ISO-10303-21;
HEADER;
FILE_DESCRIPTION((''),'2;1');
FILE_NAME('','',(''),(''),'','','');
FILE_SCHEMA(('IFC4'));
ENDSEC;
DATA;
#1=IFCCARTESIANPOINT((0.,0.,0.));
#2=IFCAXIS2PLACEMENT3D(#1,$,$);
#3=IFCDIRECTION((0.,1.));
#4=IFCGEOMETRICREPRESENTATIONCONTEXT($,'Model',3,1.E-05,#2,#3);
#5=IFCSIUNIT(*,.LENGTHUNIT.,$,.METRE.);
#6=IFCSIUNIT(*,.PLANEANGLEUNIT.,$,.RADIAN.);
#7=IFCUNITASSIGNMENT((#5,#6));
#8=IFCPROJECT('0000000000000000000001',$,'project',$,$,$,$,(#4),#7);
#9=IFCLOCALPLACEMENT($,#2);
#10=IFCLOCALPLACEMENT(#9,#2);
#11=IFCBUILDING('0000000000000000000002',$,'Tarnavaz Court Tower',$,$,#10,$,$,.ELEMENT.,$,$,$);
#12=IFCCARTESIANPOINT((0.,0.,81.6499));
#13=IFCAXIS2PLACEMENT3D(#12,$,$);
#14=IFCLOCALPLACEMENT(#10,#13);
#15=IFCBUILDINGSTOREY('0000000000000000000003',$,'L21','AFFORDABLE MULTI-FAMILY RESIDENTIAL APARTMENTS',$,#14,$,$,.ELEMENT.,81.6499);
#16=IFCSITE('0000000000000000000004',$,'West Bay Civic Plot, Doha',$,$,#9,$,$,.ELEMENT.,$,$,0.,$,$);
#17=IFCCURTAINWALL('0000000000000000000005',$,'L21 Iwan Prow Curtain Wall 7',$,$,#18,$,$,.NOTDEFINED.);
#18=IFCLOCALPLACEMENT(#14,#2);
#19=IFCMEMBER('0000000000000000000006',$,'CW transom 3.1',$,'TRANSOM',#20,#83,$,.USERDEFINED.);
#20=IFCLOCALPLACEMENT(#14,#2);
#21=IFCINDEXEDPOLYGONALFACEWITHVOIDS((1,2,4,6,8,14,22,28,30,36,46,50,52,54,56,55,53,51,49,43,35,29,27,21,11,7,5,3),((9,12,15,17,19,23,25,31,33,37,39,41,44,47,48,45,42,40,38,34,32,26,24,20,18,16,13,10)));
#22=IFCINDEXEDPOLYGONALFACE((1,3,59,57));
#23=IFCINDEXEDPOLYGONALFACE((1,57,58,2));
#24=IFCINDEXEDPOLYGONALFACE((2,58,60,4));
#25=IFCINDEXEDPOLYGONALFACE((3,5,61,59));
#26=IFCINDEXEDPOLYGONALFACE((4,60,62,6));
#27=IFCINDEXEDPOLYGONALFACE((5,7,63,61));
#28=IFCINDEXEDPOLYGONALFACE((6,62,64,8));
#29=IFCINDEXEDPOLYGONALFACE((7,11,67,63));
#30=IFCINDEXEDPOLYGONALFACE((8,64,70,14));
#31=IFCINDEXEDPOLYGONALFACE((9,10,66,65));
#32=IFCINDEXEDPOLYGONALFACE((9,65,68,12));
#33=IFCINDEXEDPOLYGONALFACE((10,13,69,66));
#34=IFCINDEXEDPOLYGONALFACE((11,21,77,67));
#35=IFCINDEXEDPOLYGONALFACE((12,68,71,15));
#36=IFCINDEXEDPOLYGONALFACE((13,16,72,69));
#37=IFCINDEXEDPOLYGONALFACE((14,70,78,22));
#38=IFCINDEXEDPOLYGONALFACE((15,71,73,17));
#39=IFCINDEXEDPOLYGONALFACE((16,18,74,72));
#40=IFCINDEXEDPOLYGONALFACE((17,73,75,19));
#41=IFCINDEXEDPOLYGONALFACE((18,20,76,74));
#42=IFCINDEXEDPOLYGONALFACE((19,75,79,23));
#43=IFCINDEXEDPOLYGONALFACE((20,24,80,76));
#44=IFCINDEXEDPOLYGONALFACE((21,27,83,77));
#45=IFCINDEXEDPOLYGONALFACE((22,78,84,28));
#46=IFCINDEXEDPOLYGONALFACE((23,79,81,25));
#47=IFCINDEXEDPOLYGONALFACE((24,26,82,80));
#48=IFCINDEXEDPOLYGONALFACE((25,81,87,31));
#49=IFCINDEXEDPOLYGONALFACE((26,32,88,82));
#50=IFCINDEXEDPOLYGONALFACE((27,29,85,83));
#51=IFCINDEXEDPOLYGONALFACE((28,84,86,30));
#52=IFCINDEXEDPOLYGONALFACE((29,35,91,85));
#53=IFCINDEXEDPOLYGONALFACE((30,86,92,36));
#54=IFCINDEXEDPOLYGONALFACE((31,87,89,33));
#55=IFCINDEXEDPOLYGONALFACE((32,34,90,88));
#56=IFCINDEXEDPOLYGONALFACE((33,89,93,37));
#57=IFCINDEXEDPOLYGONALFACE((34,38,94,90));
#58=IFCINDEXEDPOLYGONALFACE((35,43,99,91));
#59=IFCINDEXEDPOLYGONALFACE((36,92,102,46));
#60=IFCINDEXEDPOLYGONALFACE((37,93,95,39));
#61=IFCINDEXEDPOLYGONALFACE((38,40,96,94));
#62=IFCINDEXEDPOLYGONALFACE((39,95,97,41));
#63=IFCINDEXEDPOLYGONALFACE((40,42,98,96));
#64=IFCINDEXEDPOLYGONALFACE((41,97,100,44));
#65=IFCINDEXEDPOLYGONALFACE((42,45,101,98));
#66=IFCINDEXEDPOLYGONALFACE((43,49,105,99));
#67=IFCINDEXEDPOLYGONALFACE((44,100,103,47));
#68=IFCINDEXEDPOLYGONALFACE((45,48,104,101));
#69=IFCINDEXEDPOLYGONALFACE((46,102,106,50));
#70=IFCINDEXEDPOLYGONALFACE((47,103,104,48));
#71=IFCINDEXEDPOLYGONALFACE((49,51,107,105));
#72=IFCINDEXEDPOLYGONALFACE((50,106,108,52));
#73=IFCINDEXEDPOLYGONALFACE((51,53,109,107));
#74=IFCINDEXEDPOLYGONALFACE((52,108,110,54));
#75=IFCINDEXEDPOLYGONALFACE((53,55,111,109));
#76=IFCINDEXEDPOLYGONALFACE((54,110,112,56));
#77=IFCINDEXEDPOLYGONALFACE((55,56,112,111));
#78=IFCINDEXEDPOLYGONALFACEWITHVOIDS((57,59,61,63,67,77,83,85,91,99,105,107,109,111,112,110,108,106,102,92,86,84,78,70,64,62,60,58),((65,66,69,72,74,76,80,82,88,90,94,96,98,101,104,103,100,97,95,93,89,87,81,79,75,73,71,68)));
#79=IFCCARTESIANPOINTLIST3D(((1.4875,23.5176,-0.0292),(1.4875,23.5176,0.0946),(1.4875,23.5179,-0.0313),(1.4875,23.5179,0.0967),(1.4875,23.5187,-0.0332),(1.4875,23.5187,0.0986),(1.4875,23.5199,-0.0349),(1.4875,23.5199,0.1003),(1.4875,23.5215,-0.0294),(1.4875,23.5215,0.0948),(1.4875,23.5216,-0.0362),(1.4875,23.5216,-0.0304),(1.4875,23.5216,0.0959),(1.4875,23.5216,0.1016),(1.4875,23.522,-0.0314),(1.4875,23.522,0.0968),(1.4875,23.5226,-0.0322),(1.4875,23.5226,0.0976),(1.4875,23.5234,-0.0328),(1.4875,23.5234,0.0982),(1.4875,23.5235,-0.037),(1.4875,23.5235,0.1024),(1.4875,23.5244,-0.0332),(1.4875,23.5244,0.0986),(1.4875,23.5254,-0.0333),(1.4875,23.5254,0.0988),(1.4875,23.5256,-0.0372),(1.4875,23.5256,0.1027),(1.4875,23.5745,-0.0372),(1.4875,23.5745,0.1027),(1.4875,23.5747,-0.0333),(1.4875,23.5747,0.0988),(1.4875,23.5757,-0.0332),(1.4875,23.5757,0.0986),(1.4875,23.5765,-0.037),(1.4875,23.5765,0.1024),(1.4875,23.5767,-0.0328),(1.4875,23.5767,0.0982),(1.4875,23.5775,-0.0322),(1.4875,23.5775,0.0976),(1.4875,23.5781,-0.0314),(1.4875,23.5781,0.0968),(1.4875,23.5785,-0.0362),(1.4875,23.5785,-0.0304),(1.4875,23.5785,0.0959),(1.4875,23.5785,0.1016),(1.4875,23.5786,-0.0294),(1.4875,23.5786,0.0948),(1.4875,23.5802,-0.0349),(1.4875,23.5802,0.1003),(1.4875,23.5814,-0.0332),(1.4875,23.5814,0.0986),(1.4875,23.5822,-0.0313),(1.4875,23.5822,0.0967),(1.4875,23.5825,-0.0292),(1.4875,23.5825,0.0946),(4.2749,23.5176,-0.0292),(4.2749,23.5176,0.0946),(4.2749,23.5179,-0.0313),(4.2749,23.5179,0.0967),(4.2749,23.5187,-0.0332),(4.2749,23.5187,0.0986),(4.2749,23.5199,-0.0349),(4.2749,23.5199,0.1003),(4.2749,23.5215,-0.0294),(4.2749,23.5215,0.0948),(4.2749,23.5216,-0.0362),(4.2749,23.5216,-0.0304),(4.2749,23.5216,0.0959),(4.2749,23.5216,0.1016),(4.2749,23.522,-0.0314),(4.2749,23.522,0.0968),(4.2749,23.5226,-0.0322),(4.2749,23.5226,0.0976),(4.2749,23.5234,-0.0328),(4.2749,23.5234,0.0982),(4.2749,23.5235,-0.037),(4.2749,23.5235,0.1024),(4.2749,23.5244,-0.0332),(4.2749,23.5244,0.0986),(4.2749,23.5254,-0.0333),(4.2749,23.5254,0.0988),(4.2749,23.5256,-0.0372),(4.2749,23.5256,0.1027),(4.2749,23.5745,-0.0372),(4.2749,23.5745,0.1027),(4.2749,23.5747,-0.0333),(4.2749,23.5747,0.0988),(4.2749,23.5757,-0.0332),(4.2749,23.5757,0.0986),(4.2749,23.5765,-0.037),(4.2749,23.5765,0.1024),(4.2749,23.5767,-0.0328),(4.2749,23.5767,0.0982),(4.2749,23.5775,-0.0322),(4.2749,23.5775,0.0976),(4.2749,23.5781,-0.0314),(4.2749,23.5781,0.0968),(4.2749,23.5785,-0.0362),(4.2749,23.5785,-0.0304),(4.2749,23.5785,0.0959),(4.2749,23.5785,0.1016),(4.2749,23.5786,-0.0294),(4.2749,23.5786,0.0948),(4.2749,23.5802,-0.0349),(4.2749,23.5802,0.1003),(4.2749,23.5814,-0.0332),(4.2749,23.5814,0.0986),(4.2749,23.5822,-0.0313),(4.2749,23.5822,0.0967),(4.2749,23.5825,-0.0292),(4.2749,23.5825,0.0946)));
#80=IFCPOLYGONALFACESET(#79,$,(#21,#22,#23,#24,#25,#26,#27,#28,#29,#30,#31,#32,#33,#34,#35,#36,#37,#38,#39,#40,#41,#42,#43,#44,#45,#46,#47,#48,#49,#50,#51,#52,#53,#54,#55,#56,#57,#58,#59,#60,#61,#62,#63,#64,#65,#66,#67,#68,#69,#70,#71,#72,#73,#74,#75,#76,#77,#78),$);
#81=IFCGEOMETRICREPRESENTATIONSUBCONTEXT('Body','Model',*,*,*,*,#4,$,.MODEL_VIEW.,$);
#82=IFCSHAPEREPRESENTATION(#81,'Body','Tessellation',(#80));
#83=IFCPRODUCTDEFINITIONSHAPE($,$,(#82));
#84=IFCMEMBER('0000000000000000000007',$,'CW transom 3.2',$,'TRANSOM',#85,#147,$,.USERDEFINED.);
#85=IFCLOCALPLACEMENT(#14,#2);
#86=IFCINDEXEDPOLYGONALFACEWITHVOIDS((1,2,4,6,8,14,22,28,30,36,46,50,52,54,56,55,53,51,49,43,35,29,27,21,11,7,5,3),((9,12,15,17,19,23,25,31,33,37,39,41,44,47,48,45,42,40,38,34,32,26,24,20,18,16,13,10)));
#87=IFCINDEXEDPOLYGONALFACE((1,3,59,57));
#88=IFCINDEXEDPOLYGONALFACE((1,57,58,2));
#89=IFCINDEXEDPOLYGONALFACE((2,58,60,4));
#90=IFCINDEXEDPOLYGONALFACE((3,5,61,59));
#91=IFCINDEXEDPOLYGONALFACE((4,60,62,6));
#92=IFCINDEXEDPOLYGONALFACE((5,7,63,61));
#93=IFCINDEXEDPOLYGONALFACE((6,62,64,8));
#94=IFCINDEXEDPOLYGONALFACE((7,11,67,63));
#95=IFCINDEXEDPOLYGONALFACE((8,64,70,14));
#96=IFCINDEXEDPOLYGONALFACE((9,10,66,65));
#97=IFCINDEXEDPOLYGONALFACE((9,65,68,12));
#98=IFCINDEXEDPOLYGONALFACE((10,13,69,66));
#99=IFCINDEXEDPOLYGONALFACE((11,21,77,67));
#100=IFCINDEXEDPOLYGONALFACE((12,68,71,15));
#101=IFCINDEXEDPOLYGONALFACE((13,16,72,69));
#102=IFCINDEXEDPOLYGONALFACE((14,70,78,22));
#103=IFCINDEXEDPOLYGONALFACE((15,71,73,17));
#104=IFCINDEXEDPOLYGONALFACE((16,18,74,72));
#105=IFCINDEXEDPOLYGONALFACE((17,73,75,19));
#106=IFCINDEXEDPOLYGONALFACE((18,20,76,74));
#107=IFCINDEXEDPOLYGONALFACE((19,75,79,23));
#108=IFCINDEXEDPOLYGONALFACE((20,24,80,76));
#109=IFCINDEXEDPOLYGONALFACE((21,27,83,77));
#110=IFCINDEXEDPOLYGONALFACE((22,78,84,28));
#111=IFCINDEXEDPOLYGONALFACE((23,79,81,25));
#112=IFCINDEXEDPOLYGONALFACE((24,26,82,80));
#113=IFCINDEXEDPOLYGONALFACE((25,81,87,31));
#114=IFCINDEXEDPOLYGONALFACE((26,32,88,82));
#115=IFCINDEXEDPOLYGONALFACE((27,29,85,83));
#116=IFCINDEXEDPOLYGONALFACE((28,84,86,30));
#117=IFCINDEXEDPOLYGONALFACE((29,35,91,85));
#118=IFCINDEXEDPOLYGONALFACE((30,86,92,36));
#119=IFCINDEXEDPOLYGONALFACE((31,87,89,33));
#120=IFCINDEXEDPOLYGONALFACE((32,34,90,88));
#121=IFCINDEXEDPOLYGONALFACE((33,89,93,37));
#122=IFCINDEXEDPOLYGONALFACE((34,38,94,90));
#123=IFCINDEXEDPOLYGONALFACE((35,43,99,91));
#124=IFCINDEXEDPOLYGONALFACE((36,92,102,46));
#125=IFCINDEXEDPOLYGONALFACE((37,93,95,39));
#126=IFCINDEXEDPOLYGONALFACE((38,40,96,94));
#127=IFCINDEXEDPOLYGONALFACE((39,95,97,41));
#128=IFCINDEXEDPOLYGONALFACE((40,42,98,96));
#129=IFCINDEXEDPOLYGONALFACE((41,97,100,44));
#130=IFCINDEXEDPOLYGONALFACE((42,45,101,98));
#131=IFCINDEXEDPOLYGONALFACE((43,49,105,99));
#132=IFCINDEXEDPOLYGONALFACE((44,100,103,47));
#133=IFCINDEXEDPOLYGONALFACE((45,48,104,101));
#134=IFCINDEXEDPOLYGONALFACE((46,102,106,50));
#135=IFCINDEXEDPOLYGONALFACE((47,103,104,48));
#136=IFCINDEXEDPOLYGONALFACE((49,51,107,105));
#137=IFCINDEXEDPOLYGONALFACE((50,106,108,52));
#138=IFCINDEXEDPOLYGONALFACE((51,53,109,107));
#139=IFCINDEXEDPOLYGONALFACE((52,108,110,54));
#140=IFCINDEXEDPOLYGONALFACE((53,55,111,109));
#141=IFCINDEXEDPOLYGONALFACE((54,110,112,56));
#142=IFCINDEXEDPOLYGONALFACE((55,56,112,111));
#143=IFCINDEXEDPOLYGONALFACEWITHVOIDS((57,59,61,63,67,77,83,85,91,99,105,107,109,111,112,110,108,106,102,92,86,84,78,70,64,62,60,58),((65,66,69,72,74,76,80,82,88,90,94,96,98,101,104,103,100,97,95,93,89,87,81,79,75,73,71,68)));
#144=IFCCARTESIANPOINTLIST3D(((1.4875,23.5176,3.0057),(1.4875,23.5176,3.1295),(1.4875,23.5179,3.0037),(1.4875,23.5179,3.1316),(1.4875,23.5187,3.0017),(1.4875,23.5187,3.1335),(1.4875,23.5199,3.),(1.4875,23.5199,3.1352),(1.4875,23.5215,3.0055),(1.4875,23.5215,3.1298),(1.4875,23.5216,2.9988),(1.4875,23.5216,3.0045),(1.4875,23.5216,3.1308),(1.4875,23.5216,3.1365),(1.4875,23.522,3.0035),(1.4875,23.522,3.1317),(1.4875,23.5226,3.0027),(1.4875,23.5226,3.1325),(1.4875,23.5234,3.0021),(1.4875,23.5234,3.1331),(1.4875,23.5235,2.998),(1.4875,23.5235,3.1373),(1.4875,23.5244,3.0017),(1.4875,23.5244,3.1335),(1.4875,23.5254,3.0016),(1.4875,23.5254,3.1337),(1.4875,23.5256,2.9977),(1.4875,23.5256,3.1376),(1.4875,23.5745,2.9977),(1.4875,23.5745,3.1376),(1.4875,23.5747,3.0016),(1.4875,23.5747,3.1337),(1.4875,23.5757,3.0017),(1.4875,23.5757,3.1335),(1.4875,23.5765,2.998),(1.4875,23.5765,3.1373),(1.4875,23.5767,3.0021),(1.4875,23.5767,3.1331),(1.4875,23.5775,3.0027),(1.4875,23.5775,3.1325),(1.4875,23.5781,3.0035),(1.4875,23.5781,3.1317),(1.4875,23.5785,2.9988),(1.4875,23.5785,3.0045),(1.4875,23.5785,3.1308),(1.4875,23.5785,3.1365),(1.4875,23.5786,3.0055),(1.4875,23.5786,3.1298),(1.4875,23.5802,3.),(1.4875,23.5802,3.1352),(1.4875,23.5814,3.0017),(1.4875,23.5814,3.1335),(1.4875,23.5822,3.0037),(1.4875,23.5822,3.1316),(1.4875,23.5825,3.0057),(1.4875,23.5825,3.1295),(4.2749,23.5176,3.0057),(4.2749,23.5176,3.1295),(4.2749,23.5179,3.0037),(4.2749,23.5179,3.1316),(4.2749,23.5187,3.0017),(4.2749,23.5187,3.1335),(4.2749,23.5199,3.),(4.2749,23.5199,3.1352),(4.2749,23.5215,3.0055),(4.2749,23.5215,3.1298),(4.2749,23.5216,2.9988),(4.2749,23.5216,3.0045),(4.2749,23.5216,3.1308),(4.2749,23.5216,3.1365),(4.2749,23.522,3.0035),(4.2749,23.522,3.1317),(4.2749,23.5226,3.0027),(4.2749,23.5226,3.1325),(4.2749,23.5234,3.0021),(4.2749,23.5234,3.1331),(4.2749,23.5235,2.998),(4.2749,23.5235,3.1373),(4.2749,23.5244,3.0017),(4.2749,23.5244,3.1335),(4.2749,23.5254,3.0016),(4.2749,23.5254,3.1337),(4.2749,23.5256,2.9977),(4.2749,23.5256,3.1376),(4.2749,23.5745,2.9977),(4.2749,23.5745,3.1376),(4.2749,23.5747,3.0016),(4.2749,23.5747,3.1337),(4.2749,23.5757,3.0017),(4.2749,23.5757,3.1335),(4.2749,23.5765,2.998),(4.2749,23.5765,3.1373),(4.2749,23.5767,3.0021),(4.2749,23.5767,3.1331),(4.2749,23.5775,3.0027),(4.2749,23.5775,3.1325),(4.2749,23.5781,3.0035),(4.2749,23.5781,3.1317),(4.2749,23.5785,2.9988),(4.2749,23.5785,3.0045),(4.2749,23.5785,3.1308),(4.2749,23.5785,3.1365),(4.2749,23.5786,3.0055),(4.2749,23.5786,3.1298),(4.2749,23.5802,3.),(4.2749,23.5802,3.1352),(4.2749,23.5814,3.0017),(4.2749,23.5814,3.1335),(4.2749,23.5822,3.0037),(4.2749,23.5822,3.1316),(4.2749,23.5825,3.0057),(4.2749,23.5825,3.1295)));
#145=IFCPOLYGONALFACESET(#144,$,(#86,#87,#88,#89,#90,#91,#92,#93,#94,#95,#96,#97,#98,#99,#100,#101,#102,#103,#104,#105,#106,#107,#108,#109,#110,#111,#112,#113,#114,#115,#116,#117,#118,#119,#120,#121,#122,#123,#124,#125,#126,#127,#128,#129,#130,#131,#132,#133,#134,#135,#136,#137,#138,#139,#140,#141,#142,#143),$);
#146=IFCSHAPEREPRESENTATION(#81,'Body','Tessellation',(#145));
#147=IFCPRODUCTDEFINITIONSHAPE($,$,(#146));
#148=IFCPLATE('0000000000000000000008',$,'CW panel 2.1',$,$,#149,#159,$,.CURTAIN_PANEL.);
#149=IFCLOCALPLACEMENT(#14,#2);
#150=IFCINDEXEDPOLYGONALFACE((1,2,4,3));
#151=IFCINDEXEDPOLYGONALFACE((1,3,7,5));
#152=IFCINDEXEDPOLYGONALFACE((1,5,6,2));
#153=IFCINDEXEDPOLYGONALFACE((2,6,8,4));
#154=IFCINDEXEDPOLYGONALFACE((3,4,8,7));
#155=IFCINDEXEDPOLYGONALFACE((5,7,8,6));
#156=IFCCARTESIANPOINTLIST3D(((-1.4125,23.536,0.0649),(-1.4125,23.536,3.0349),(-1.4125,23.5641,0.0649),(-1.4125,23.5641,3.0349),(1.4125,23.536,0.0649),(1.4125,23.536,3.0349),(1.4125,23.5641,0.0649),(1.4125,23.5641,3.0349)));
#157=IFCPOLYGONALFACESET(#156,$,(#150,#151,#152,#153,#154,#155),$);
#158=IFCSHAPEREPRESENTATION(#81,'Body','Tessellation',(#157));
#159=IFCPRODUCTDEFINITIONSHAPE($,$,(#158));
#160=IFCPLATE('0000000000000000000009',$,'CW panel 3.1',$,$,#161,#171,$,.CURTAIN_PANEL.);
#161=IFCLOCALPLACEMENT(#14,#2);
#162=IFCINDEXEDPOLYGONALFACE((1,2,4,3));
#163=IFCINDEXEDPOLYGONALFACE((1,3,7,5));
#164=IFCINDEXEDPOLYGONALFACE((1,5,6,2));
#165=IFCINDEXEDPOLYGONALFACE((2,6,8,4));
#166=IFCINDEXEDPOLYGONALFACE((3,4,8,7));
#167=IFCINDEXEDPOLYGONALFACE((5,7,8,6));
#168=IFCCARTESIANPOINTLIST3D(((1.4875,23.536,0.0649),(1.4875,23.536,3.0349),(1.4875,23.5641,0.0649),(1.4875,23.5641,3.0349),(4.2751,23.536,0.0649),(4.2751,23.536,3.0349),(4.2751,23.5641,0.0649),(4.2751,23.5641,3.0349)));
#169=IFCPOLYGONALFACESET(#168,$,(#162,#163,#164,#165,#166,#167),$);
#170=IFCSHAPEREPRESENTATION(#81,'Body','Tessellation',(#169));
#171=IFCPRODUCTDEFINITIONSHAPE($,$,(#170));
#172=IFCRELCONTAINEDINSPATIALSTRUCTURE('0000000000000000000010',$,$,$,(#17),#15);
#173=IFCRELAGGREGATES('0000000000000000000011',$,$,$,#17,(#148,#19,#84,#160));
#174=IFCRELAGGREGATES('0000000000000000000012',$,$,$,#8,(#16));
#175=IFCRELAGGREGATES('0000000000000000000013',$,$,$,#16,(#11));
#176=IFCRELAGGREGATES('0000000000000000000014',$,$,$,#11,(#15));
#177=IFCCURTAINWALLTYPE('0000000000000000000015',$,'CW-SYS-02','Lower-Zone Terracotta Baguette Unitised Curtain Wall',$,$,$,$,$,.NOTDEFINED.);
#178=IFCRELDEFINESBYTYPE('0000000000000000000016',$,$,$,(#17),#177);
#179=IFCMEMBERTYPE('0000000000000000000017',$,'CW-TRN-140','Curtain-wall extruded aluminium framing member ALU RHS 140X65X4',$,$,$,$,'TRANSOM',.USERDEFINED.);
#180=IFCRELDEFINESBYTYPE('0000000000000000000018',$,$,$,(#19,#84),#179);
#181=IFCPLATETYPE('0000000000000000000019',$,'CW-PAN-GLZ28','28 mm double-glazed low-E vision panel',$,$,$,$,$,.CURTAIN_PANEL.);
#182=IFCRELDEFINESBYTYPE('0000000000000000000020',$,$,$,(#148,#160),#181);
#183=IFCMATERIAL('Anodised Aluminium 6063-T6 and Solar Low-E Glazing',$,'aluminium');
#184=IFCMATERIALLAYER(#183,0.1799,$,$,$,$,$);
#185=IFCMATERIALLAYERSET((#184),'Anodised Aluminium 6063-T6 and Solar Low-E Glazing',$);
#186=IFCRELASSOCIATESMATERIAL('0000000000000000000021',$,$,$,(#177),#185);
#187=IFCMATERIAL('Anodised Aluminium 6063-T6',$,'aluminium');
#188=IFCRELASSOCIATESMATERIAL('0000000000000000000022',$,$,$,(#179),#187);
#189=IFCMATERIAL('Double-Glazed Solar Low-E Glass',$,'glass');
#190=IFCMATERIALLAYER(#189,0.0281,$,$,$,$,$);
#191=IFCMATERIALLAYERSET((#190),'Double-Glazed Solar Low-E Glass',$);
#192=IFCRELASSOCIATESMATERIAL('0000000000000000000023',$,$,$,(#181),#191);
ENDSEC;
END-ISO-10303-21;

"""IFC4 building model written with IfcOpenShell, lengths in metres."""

from ifc_helpers import new_model, si_unit, direction, frame, origin, origin_2d, place, context, subcontext, project, spatial, rectangle, hollow_rectangle, extrude, material, layer, layer_set, material_profile, profile_set, type_object, element, aggregate, save


model = new_model("IFC4")

# Units and contexts
model_context = context("Model", 3, precision=1e-05, world=origin(), true_north=direction((0.0, 1.0)))
body_context = subcontext(model_context, "Body", "Model", "MODEL_VIEW")
ifc_project = project(units=[si_unit("LENGTHUNIT", "METRE"), si_unit("PLANEANGLEUNIT", "RADIAN")], contexts=[model_context])

# Site, building, storey
site_placement = place(None, origin())
site = spatial("IfcSite", under=ifc_project, at=site_placement, Name="West Bay Civic Plot, Doha", CompositionType="ELEMENT", RefElevation=0.0)
building_placement = place(site_placement, origin())
building = spatial("IfcBuilding", under=site, at=building_placement, Name="Tarnavaz Court Tower", CompositionType="ELEMENT")
storey_placement = place(building_placement, frame((0.0, 0.0, 81.6499)))
storey = spatial("IfcBuildingStorey", under=building, at=storey_placement, Name="L21", Description="AFFORDABLE MULTI-FAMILY RESIDENTIAL APARTMENTS", CompositionType="ELEMENT", Elevation=81.6499)

# Curtain wall, members, plates
ifc_material_1 = material(Name="Anodised Aluminium 6063-T6 and Solar Low-E Glazing", Category="aluminium")
ifc_layer_1 = layer(ifc_material_1, 0.1799)
ifc_layer_set_1 = layer_set([ifc_layer_1], Name="Anodised Aluminium 6063-T6 and Solar Low-E Glazing")
curtain_wall_type = type_object("IfcCurtainWallType", Name="CW-SYS-02", Description="Lower-Zone Terracotta Baguette Unitised Curtain Wall", PredefinedType="NOTDEFINED", material=ifc_layer_set_1)
curtain_wall_placement = place(storey_placement, origin())
curtain_wall = element("IfcCurtainWall", 1, at=curtain_wall_placement, inside=storey, type_object=curtain_wall_type, Name="L21 Iwan Prow Curtain Wall 7", PredefinedType="NOTDEFINED")
ifc_material_2 = material(Name="Anodised Aluminium 6063-T6", Category="aluminium")
ifc_material_profile_1 = material_profile(ifc_material_2, hollow_rectangle(XDim=0.0649, YDim=0.1399, WallThickness=0.0039, InnerFilletRadius=0.0039, OuterFilletRadius=0.0081, at=origin_2d()), Name="ALU RHS 140X65X4")
ifc_profile_set_1 = profile_set([ifc_material_profile_1], Name="Anodised Aluminium 6063-T6")
member_type_1 = type_object("IfcMemberType", Name="CW-TRN-140", Description="Curtain-wall extruded aluminium framing member ALU RHS 140X65X4", ElementType="TRANSOM", PredefinedType="USERDEFINED", material=ifc_profile_set_1)
member_1_placement = place(storey_placement, frame((1.4875, 23.55, 0.0327), z_axis=(1.0, 0.0, 0.0), x_axis=(0.0, 1.0, 0.0)))
member_1 = element("IfcMember", 2, at=member_1_placement, type_object=member_type_1, Name="CW transom 3.1", ObjectType="TRANSOM", PredefinedType="USERDEFINED", context=body_context, shape_type="SweptSolid", body=[
    extrude(hollow_rectangle(XDim=0.0649, YDim=0.1399, WallThickness=0.0039, InnerFilletRadius=0.0039, OuterFilletRadius=0.0081, at=origin_2d()), origin(), (0.0, 0.0, 1.0), 2.7874),
])
member_2_placement = place(storey_placement, frame((1.4875, 23.55, 3.0676), z_axis=(1.0, 0.0, 0.0), x_axis=(0.0, 1.0, 0.0)))
member_2 = element("IfcMember", 3, at=member_2_placement, type_object=member_type_1, Name="CW transom 3.2", ObjectType="TRANSOM", PredefinedType="USERDEFINED", context=body_context, shape_type="SweptSolid", body=[
    extrude(hollow_rectangle(XDim=0.0649, YDim=0.1399, WallThickness=0.0039, InnerFilletRadius=0.0039, OuterFilletRadius=0.0081, at=origin_2d()), origin(), (0.0, 0.0, 1.0), 2.7874),
])
ifc_material_3 = material(Name="Double-Glazed Solar Low-E Glass", Category="glass")
ifc_layer_2 = layer(ifc_material_3, 0.0281)
ifc_layer_set_2 = layer_set([ifc_layer_2], Name="Double-Glazed Solar Low-E Glass")
plate_type = type_object("IfcPlateType", Name="CW-PAN-GLZ28", Description="28 mm double-glazed low-E vision panel", PredefinedType="CURTAIN_PANEL", material=ifc_layer_set_2)
plate_1_placement = place(storey_placement, frame((0.0, 23.55, 0.0649), z_axis=(0.0, 0.0, 1.0), x_axis=(1.0, 0.0, 0.0)))
plate_1 = element("IfcPlate", 4, at=plate_1_placement, type_object=plate_type, Name="CW panel 2.1", PredefinedType="CURTAIN_PANEL", context=body_context, shape_type="SweptSolid", body=[
    extrude(rectangle(XDim=2.825, YDim=0.0281, at=origin_2d()), origin(), (0.0, 0.0, 1.0), 2.97),
])
plate_2_placement = place(storey_placement, frame((2.8813, 23.55, 0.0649), z_axis=(0.0, 0.0, 1.0), x_axis=(1.0, 0.0, 0.0)))
plate_2 = element("IfcPlate", 5, at=plate_2_placement, type_object=plate_type, Name="CW panel 3.1", PredefinedType="CURTAIN_PANEL", context=body_context, shape_type="SweptSolid", body=[
    extrude(rectangle(XDim=2.7876, YDim=0.0281, at=origin_2d()), origin(), (0.0, 0.0, 1.0), 2.97),
])
aggregate(curtain_wall, [plate_1, member_1, member_2, plate_2])

save(model, "model.ifc")
